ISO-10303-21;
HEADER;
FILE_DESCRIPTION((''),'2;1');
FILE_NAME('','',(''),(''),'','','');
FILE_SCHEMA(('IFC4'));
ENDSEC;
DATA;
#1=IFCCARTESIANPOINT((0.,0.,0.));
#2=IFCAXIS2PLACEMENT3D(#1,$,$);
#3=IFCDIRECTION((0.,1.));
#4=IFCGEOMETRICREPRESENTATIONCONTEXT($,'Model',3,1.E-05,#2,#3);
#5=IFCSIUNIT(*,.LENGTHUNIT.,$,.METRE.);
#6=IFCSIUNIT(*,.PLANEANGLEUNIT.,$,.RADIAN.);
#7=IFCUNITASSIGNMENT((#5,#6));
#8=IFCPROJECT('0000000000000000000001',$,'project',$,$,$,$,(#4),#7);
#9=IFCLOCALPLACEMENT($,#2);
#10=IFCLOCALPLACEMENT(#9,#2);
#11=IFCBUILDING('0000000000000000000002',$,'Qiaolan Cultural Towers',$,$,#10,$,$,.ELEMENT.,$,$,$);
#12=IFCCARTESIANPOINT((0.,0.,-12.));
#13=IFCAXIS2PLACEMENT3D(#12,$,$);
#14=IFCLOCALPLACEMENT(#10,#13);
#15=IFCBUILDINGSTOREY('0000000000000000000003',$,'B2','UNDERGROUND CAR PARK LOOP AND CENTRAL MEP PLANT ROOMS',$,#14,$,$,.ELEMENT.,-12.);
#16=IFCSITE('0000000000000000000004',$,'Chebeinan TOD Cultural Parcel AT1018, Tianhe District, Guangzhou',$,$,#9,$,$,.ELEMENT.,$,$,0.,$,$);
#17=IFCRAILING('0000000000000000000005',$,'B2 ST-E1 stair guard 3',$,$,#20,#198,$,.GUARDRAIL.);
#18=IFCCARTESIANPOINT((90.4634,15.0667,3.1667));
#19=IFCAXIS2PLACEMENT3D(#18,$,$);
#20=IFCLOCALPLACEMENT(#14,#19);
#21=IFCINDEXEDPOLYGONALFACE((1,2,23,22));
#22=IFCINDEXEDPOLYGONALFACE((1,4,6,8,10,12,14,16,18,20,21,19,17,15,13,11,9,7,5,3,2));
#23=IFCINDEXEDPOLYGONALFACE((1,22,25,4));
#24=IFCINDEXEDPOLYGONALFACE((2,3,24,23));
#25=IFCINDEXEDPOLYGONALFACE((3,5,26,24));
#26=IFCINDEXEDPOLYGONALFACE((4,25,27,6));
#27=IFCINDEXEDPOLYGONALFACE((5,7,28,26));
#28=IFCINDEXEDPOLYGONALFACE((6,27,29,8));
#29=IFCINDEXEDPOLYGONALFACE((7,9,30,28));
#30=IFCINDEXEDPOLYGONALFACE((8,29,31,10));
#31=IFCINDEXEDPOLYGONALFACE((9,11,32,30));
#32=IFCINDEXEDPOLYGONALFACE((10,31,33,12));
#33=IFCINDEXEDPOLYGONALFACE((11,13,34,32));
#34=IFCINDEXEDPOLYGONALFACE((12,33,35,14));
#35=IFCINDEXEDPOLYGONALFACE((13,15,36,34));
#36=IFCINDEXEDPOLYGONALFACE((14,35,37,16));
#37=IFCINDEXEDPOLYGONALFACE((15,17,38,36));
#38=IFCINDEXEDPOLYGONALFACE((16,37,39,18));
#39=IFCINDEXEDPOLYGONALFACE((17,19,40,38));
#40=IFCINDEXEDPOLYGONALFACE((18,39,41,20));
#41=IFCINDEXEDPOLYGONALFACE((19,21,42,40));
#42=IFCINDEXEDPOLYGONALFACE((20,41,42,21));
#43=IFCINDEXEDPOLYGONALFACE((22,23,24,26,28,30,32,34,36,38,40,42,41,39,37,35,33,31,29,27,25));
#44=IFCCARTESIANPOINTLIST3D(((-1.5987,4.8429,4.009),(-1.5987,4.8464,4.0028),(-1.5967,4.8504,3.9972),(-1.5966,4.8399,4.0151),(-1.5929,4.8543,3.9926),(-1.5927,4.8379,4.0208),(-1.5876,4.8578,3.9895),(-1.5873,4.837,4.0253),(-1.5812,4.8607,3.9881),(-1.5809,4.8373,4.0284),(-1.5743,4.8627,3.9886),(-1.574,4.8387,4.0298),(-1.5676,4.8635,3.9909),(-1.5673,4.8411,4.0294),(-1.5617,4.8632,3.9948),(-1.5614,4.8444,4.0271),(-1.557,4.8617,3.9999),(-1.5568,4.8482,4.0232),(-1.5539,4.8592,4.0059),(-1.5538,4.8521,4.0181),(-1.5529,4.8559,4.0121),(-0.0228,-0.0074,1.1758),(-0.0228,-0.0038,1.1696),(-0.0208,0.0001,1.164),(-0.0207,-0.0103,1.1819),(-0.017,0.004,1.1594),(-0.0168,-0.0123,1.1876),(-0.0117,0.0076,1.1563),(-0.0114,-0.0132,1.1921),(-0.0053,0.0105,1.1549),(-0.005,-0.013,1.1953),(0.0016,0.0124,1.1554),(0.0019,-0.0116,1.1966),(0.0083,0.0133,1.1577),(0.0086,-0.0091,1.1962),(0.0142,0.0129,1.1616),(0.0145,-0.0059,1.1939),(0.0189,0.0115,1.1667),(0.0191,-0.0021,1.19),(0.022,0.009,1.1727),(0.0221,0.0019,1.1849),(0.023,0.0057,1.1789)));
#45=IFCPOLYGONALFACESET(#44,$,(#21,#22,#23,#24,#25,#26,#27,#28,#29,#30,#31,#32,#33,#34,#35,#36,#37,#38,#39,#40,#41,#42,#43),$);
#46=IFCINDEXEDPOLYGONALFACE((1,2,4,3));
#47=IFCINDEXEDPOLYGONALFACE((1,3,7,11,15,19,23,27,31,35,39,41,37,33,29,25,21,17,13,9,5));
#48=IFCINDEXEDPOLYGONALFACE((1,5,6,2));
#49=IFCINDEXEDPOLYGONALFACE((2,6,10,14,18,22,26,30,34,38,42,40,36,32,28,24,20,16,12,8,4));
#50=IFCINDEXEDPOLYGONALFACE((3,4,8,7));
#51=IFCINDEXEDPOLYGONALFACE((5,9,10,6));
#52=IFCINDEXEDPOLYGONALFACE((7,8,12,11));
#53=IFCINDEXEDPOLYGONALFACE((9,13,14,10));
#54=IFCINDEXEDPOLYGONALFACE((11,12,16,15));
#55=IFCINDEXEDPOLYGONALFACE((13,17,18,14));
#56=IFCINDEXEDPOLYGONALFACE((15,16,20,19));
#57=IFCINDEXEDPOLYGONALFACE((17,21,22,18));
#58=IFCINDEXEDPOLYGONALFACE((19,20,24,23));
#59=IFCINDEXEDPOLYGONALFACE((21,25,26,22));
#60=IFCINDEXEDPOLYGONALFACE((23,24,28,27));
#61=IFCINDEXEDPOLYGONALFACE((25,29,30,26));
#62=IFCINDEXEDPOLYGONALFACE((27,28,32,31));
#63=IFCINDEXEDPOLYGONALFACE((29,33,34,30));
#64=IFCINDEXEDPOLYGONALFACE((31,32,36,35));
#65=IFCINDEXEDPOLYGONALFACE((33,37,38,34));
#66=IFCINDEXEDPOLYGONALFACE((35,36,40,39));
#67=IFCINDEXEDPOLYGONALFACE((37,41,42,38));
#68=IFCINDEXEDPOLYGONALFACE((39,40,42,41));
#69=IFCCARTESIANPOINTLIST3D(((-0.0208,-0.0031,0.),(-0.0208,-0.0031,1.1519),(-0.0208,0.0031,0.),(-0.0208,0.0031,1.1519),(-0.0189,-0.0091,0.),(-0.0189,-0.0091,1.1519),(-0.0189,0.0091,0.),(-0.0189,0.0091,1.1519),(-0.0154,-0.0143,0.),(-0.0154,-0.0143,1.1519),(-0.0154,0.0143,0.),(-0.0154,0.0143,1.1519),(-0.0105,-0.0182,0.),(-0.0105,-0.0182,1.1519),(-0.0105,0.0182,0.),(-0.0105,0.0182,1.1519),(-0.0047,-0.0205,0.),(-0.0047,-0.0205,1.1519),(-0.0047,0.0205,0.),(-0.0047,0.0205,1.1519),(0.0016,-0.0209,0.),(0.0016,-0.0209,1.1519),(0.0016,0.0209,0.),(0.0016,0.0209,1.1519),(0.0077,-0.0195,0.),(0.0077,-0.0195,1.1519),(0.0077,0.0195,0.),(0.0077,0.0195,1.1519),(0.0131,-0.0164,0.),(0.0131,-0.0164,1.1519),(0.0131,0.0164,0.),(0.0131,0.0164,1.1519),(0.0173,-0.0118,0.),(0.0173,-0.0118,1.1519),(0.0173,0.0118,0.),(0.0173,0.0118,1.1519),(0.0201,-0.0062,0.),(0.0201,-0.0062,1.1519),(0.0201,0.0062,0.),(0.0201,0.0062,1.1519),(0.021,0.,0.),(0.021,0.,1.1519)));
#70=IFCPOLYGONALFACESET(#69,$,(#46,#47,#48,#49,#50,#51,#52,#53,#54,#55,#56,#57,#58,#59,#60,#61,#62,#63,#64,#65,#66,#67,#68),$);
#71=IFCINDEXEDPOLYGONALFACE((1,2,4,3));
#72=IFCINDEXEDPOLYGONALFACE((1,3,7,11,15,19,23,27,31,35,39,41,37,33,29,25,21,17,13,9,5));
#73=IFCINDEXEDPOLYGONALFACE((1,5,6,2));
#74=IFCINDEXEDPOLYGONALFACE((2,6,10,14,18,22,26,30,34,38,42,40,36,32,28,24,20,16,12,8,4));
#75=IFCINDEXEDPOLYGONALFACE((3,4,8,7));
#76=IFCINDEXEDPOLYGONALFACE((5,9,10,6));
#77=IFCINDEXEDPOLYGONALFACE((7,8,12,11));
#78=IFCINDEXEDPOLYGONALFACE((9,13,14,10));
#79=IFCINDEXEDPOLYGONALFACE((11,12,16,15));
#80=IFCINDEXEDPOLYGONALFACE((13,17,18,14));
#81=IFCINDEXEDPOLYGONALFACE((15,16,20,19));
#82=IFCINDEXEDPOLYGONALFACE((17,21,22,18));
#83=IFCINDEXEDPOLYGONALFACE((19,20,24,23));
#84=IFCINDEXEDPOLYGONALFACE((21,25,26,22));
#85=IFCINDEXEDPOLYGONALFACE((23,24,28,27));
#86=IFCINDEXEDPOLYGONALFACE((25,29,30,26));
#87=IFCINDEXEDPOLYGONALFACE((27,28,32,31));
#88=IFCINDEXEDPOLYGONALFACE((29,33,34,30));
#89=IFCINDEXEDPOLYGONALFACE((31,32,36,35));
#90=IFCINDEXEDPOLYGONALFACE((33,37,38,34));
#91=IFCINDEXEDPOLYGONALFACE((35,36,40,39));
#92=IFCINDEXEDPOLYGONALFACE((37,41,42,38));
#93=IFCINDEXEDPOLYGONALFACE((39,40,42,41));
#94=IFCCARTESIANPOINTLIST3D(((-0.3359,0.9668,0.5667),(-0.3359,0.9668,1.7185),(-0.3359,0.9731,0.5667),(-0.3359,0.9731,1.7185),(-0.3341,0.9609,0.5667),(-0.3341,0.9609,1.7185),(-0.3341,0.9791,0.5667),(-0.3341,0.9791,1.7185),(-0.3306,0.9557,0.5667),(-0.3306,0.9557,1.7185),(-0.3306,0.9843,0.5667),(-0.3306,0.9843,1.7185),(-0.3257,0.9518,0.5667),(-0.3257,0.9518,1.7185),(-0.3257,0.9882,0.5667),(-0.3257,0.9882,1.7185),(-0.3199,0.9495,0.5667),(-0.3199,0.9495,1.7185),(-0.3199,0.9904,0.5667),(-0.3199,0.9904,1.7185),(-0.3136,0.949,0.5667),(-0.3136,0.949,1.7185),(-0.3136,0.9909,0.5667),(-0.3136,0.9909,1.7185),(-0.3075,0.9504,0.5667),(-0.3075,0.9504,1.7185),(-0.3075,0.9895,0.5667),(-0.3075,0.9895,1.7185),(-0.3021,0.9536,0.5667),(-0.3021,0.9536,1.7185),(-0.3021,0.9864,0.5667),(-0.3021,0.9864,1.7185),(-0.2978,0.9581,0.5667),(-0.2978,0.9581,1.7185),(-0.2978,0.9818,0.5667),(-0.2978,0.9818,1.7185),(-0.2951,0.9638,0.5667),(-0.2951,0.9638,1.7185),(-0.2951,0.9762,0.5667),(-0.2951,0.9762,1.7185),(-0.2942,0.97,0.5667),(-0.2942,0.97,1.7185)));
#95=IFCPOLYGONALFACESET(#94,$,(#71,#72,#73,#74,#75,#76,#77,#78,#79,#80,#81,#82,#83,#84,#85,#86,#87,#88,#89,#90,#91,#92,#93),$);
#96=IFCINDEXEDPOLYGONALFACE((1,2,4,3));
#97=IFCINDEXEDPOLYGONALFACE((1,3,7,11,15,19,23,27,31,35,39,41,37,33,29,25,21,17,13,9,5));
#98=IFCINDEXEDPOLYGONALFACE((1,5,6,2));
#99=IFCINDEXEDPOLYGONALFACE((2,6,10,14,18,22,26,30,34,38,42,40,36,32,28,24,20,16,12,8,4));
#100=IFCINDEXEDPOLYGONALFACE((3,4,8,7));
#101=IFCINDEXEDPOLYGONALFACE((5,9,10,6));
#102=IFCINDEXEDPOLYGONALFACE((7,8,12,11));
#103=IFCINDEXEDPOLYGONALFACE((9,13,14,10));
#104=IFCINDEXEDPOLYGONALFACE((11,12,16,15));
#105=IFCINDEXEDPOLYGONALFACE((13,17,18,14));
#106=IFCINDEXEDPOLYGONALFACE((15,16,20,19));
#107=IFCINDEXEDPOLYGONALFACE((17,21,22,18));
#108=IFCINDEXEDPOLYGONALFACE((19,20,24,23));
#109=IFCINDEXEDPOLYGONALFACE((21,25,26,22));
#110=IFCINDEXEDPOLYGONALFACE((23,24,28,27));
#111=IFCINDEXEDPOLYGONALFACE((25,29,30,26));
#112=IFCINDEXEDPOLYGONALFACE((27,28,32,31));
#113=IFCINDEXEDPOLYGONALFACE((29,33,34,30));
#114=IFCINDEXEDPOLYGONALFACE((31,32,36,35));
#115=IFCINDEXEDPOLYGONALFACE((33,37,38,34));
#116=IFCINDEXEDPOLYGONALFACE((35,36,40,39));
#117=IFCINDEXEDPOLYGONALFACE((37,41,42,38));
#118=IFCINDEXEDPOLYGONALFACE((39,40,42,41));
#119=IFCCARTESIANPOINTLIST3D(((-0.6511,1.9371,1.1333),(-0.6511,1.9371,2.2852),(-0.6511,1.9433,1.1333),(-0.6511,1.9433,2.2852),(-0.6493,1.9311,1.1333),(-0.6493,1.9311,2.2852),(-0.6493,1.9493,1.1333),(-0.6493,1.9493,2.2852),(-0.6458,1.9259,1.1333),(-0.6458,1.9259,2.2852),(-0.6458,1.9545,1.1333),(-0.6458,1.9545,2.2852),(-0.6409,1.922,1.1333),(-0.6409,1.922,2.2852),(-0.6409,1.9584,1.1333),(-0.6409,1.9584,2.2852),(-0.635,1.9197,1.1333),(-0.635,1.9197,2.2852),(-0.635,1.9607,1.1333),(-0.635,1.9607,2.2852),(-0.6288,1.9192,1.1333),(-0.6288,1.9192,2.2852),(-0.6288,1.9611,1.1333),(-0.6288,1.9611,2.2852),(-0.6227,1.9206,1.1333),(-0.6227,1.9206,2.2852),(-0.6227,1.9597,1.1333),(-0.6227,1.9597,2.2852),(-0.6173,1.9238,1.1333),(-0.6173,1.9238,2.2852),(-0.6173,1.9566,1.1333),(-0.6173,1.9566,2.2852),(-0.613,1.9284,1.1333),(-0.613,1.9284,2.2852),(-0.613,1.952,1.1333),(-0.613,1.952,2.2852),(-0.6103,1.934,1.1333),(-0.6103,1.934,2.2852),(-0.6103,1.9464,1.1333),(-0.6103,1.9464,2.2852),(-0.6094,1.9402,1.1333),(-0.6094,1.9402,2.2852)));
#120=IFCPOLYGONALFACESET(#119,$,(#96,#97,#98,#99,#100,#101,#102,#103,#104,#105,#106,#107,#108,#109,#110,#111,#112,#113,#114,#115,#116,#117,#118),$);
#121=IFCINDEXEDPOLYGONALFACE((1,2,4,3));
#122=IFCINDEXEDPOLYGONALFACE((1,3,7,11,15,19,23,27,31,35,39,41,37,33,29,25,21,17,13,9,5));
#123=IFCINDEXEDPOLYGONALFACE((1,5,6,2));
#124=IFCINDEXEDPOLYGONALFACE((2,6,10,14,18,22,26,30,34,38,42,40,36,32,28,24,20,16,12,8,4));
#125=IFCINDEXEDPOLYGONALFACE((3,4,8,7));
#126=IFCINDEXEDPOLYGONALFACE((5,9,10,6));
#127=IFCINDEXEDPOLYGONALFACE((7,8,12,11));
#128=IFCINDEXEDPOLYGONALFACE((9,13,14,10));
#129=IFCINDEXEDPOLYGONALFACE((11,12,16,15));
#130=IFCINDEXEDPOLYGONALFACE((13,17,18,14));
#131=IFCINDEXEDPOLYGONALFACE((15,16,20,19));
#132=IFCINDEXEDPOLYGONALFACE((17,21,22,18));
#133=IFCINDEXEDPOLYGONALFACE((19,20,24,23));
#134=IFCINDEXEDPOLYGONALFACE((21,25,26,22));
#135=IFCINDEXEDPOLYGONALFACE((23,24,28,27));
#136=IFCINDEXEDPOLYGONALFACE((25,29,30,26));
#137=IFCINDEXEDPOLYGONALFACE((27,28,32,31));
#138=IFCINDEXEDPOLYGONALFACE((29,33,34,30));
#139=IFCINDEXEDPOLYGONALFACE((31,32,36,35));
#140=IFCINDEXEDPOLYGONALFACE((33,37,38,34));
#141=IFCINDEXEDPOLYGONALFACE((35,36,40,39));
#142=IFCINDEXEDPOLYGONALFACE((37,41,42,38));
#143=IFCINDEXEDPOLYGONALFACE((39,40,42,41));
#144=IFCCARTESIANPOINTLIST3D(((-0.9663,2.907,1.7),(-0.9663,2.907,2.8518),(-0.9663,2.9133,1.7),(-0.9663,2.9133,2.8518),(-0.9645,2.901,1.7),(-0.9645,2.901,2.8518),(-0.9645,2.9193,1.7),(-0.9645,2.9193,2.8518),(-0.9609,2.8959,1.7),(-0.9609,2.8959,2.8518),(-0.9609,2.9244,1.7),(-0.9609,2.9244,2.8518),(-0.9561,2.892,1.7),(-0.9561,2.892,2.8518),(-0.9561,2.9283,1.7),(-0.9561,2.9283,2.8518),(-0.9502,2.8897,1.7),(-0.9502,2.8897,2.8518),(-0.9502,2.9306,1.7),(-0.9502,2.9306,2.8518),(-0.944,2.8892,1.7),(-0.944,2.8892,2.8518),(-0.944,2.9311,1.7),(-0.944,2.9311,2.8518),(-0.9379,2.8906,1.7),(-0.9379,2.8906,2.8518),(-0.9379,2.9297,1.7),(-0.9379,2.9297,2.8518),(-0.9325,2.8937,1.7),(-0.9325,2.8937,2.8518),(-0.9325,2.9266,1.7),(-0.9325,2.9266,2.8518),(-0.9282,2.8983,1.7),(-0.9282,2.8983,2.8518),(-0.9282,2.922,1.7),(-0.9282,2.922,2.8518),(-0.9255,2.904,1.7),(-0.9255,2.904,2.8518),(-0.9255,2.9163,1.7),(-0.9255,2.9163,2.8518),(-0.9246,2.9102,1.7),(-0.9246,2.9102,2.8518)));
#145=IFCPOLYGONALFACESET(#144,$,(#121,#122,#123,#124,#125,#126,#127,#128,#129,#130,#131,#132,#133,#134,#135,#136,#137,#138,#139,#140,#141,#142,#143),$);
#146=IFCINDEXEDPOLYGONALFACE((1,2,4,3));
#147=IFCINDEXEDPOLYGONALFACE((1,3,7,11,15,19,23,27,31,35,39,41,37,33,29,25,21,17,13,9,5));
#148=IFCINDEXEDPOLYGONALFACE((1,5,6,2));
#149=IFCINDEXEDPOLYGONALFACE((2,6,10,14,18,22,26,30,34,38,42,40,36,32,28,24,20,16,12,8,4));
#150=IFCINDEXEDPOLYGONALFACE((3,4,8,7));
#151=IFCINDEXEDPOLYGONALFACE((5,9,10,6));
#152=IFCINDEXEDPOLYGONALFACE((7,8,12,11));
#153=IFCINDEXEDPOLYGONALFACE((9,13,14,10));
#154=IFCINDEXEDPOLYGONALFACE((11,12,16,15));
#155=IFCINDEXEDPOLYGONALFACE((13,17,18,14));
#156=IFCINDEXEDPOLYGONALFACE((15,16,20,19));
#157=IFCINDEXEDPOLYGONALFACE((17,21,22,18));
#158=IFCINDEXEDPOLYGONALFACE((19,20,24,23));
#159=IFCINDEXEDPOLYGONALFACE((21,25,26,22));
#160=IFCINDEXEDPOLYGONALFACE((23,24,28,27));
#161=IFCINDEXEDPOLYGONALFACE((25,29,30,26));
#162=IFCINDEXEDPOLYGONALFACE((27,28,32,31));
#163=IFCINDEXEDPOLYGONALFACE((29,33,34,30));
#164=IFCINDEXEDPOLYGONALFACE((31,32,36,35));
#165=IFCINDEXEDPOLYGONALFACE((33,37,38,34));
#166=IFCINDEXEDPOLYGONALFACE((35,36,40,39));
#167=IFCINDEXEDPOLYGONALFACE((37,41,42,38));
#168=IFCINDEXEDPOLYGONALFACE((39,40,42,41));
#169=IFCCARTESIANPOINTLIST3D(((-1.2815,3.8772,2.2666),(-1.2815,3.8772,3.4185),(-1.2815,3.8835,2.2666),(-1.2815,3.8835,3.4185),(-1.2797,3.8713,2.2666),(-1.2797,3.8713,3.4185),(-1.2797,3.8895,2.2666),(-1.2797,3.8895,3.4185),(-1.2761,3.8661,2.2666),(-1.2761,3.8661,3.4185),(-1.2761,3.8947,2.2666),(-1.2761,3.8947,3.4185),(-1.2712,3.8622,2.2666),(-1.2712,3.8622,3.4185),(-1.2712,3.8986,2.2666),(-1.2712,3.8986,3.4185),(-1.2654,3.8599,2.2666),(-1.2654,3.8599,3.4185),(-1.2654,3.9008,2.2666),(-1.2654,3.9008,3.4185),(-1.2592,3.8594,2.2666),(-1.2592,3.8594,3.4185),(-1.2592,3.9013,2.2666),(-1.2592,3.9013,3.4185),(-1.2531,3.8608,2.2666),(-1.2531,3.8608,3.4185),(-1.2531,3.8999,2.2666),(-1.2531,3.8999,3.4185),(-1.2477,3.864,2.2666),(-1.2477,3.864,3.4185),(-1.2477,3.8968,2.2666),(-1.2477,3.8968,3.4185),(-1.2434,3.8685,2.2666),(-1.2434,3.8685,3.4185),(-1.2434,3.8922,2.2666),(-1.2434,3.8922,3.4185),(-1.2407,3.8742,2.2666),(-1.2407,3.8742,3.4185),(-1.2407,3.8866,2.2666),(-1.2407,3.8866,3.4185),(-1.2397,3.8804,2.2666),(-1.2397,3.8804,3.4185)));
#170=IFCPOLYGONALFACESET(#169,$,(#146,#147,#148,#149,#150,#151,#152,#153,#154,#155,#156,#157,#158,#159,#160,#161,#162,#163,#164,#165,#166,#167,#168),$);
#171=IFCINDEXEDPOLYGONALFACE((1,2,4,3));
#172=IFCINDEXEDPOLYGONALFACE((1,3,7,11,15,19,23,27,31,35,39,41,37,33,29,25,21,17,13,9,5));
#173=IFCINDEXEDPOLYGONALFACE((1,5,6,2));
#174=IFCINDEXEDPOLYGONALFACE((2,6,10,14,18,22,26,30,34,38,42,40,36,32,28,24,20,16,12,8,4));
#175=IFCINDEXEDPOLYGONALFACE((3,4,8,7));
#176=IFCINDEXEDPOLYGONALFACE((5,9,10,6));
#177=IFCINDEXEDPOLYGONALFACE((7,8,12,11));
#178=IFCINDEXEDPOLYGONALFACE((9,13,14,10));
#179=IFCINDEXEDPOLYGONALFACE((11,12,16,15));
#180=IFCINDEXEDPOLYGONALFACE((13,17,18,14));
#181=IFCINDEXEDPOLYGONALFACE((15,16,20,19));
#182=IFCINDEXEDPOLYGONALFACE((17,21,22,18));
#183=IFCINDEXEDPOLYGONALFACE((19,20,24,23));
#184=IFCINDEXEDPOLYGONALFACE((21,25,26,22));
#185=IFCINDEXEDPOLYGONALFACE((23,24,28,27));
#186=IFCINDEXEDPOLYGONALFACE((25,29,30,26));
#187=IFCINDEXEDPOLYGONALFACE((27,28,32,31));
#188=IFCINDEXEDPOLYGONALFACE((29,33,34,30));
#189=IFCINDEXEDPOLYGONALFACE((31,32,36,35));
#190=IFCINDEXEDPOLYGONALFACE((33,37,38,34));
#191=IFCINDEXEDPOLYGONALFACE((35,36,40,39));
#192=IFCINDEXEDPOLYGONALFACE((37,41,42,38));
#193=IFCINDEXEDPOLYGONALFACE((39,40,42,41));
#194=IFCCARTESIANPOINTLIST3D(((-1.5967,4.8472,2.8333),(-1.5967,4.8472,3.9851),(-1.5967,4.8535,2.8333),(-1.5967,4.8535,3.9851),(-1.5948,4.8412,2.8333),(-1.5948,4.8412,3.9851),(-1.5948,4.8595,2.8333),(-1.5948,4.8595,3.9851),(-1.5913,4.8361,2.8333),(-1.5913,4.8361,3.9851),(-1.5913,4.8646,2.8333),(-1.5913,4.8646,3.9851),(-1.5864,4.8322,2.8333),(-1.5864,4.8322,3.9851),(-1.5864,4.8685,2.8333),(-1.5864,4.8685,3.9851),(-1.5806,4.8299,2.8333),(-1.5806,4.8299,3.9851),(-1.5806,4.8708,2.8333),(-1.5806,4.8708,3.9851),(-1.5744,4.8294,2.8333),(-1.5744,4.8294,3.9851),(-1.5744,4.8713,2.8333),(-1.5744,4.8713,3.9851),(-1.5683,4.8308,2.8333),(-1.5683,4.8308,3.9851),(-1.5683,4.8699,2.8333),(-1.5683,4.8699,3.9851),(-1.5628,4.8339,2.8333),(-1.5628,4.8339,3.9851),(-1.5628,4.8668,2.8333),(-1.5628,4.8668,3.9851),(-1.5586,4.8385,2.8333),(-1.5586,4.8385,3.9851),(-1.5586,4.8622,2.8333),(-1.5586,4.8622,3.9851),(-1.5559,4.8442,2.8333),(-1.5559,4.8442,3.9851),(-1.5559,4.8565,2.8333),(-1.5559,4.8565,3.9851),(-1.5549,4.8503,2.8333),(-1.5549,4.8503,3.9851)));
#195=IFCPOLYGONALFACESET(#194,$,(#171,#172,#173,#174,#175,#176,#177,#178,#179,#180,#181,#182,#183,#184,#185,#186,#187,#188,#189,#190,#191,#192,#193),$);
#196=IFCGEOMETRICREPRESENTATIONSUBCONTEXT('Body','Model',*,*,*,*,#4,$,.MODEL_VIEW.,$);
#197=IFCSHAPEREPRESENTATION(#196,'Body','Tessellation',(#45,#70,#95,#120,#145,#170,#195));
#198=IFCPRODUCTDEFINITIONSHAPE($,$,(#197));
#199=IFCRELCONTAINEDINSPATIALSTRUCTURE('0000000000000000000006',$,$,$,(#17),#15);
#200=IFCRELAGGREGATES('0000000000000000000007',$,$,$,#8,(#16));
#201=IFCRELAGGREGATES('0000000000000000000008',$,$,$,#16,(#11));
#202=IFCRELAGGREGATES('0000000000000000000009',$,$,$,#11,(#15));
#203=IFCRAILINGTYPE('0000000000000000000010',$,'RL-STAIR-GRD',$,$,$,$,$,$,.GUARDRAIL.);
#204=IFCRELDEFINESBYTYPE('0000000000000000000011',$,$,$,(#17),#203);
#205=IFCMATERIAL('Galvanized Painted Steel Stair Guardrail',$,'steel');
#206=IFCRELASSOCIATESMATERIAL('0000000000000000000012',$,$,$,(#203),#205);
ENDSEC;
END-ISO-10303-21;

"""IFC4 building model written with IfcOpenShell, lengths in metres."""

from ifc_helpers import new_model, si_unit, direction, frame, origin, origin_2d, place, context, subcontext, project, spatial, circle, extrude, material, type_object, element, save


model = new_model("IFC4")

# Units and contexts
model_context = context("Model", 3, precision=1e-05, world=origin(), true_north=direction((0.0, 1.0)))
body_context = subcontext(model_context, "Body", "Model", "MODEL_VIEW")
ifc_project = project(units=[si_unit("LENGTHUNIT", "METRE"), si_unit("PLANEANGLEUNIT", "RADIAN")], contexts=[model_context])

# Site, building, storey
site_placement = place(None, origin())
site = spatial("IfcSite", under=ifc_project, at=site_placement, Name="Chebeinan TOD Cultural Parcel AT1018, Tianhe District, Guangzhou", CompositionType="ELEMENT", RefElevation=0.0)
building_placement = place(site_placement, origin())
building = spatial("IfcBuilding", under=site, at=building_placement, Name="Qiaolan Cultural Towers", CompositionType="ELEMENT")
storey_placement = place(building_placement, frame((0.0, 0.0, -12.0)))
storey = spatial("IfcBuildingStorey", under=building, at=storey_placement, Name="B2", Description="UNDERGROUND CAR PARK LOOP AND CENTRAL MEP PLANT ROOMS", CompositionType="ELEMENT", Elevation=-12.0)

# Railing
ifc_material_1 = material(Name="Galvanized Painted Steel Stair Guardrail", Category="steel")
railing_type_1 = type_object("IfcRailingType", Name="RL-STAIR-GRD", PredefinedType="GUARDRAIL", material=ifc_material_1)
railing_1_placement = place(storey_placement, frame((90.4634, 15.0667, 3.1667)))
element("IfcRailing", 1, at=railing_1_placement, inside=storey, type_object=railing_type_1, Name="B2 ST-E1 stair guard 3", PredefinedType="GUARDRAIL", context=body_context, shape_type="SweptSolid", body=[
    extrude(circle(Radius=0.0239, at=origin_2d()), frame((0.0, 0.0, 1.1758), z_axis=(-0.270124, 0.831378, 0.485637), x_axis=(-0.951059, -0.309009, 0.0)), (0.0, 0.0, 1.0), 5.834),
    extrude(circle(Radius=0.021, at=origin_2d()), origin(), (0.0, 0.0, 1.0), 1.1519),
    extrude(circle(Radius=0.021, at=origin_2d()), frame((-0.3152, 0.97, 0.5667)), (0.0, 0.0, 1.0), 1.1519),
    extrude(circle(Radius=0.021, at=origin_2d()), frame((-0.6304, 1.9402, 1.1333)), (0.0, 0.0, 1.0), 1.1519),
    extrude(circle(Radius=0.021, at=origin_2d()), frame((-0.9456, 2.9102, 1.7)), (0.0, 0.0, 1.0), 1.1519),
    extrude(circle(Radius=0.021, at=origin_2d()), frame((-1.2607, 3.8804, 2.2666)), (0.0, 0.0, 1.0), 1.1519),
    extrude(circle(Radius=0.021, at=origin_2d()), frame((-1.5759, 4.8503, 2.8333)), (0.0, 0.0, 1.0), 1.1519),
])

save(model, "model.ifc")
